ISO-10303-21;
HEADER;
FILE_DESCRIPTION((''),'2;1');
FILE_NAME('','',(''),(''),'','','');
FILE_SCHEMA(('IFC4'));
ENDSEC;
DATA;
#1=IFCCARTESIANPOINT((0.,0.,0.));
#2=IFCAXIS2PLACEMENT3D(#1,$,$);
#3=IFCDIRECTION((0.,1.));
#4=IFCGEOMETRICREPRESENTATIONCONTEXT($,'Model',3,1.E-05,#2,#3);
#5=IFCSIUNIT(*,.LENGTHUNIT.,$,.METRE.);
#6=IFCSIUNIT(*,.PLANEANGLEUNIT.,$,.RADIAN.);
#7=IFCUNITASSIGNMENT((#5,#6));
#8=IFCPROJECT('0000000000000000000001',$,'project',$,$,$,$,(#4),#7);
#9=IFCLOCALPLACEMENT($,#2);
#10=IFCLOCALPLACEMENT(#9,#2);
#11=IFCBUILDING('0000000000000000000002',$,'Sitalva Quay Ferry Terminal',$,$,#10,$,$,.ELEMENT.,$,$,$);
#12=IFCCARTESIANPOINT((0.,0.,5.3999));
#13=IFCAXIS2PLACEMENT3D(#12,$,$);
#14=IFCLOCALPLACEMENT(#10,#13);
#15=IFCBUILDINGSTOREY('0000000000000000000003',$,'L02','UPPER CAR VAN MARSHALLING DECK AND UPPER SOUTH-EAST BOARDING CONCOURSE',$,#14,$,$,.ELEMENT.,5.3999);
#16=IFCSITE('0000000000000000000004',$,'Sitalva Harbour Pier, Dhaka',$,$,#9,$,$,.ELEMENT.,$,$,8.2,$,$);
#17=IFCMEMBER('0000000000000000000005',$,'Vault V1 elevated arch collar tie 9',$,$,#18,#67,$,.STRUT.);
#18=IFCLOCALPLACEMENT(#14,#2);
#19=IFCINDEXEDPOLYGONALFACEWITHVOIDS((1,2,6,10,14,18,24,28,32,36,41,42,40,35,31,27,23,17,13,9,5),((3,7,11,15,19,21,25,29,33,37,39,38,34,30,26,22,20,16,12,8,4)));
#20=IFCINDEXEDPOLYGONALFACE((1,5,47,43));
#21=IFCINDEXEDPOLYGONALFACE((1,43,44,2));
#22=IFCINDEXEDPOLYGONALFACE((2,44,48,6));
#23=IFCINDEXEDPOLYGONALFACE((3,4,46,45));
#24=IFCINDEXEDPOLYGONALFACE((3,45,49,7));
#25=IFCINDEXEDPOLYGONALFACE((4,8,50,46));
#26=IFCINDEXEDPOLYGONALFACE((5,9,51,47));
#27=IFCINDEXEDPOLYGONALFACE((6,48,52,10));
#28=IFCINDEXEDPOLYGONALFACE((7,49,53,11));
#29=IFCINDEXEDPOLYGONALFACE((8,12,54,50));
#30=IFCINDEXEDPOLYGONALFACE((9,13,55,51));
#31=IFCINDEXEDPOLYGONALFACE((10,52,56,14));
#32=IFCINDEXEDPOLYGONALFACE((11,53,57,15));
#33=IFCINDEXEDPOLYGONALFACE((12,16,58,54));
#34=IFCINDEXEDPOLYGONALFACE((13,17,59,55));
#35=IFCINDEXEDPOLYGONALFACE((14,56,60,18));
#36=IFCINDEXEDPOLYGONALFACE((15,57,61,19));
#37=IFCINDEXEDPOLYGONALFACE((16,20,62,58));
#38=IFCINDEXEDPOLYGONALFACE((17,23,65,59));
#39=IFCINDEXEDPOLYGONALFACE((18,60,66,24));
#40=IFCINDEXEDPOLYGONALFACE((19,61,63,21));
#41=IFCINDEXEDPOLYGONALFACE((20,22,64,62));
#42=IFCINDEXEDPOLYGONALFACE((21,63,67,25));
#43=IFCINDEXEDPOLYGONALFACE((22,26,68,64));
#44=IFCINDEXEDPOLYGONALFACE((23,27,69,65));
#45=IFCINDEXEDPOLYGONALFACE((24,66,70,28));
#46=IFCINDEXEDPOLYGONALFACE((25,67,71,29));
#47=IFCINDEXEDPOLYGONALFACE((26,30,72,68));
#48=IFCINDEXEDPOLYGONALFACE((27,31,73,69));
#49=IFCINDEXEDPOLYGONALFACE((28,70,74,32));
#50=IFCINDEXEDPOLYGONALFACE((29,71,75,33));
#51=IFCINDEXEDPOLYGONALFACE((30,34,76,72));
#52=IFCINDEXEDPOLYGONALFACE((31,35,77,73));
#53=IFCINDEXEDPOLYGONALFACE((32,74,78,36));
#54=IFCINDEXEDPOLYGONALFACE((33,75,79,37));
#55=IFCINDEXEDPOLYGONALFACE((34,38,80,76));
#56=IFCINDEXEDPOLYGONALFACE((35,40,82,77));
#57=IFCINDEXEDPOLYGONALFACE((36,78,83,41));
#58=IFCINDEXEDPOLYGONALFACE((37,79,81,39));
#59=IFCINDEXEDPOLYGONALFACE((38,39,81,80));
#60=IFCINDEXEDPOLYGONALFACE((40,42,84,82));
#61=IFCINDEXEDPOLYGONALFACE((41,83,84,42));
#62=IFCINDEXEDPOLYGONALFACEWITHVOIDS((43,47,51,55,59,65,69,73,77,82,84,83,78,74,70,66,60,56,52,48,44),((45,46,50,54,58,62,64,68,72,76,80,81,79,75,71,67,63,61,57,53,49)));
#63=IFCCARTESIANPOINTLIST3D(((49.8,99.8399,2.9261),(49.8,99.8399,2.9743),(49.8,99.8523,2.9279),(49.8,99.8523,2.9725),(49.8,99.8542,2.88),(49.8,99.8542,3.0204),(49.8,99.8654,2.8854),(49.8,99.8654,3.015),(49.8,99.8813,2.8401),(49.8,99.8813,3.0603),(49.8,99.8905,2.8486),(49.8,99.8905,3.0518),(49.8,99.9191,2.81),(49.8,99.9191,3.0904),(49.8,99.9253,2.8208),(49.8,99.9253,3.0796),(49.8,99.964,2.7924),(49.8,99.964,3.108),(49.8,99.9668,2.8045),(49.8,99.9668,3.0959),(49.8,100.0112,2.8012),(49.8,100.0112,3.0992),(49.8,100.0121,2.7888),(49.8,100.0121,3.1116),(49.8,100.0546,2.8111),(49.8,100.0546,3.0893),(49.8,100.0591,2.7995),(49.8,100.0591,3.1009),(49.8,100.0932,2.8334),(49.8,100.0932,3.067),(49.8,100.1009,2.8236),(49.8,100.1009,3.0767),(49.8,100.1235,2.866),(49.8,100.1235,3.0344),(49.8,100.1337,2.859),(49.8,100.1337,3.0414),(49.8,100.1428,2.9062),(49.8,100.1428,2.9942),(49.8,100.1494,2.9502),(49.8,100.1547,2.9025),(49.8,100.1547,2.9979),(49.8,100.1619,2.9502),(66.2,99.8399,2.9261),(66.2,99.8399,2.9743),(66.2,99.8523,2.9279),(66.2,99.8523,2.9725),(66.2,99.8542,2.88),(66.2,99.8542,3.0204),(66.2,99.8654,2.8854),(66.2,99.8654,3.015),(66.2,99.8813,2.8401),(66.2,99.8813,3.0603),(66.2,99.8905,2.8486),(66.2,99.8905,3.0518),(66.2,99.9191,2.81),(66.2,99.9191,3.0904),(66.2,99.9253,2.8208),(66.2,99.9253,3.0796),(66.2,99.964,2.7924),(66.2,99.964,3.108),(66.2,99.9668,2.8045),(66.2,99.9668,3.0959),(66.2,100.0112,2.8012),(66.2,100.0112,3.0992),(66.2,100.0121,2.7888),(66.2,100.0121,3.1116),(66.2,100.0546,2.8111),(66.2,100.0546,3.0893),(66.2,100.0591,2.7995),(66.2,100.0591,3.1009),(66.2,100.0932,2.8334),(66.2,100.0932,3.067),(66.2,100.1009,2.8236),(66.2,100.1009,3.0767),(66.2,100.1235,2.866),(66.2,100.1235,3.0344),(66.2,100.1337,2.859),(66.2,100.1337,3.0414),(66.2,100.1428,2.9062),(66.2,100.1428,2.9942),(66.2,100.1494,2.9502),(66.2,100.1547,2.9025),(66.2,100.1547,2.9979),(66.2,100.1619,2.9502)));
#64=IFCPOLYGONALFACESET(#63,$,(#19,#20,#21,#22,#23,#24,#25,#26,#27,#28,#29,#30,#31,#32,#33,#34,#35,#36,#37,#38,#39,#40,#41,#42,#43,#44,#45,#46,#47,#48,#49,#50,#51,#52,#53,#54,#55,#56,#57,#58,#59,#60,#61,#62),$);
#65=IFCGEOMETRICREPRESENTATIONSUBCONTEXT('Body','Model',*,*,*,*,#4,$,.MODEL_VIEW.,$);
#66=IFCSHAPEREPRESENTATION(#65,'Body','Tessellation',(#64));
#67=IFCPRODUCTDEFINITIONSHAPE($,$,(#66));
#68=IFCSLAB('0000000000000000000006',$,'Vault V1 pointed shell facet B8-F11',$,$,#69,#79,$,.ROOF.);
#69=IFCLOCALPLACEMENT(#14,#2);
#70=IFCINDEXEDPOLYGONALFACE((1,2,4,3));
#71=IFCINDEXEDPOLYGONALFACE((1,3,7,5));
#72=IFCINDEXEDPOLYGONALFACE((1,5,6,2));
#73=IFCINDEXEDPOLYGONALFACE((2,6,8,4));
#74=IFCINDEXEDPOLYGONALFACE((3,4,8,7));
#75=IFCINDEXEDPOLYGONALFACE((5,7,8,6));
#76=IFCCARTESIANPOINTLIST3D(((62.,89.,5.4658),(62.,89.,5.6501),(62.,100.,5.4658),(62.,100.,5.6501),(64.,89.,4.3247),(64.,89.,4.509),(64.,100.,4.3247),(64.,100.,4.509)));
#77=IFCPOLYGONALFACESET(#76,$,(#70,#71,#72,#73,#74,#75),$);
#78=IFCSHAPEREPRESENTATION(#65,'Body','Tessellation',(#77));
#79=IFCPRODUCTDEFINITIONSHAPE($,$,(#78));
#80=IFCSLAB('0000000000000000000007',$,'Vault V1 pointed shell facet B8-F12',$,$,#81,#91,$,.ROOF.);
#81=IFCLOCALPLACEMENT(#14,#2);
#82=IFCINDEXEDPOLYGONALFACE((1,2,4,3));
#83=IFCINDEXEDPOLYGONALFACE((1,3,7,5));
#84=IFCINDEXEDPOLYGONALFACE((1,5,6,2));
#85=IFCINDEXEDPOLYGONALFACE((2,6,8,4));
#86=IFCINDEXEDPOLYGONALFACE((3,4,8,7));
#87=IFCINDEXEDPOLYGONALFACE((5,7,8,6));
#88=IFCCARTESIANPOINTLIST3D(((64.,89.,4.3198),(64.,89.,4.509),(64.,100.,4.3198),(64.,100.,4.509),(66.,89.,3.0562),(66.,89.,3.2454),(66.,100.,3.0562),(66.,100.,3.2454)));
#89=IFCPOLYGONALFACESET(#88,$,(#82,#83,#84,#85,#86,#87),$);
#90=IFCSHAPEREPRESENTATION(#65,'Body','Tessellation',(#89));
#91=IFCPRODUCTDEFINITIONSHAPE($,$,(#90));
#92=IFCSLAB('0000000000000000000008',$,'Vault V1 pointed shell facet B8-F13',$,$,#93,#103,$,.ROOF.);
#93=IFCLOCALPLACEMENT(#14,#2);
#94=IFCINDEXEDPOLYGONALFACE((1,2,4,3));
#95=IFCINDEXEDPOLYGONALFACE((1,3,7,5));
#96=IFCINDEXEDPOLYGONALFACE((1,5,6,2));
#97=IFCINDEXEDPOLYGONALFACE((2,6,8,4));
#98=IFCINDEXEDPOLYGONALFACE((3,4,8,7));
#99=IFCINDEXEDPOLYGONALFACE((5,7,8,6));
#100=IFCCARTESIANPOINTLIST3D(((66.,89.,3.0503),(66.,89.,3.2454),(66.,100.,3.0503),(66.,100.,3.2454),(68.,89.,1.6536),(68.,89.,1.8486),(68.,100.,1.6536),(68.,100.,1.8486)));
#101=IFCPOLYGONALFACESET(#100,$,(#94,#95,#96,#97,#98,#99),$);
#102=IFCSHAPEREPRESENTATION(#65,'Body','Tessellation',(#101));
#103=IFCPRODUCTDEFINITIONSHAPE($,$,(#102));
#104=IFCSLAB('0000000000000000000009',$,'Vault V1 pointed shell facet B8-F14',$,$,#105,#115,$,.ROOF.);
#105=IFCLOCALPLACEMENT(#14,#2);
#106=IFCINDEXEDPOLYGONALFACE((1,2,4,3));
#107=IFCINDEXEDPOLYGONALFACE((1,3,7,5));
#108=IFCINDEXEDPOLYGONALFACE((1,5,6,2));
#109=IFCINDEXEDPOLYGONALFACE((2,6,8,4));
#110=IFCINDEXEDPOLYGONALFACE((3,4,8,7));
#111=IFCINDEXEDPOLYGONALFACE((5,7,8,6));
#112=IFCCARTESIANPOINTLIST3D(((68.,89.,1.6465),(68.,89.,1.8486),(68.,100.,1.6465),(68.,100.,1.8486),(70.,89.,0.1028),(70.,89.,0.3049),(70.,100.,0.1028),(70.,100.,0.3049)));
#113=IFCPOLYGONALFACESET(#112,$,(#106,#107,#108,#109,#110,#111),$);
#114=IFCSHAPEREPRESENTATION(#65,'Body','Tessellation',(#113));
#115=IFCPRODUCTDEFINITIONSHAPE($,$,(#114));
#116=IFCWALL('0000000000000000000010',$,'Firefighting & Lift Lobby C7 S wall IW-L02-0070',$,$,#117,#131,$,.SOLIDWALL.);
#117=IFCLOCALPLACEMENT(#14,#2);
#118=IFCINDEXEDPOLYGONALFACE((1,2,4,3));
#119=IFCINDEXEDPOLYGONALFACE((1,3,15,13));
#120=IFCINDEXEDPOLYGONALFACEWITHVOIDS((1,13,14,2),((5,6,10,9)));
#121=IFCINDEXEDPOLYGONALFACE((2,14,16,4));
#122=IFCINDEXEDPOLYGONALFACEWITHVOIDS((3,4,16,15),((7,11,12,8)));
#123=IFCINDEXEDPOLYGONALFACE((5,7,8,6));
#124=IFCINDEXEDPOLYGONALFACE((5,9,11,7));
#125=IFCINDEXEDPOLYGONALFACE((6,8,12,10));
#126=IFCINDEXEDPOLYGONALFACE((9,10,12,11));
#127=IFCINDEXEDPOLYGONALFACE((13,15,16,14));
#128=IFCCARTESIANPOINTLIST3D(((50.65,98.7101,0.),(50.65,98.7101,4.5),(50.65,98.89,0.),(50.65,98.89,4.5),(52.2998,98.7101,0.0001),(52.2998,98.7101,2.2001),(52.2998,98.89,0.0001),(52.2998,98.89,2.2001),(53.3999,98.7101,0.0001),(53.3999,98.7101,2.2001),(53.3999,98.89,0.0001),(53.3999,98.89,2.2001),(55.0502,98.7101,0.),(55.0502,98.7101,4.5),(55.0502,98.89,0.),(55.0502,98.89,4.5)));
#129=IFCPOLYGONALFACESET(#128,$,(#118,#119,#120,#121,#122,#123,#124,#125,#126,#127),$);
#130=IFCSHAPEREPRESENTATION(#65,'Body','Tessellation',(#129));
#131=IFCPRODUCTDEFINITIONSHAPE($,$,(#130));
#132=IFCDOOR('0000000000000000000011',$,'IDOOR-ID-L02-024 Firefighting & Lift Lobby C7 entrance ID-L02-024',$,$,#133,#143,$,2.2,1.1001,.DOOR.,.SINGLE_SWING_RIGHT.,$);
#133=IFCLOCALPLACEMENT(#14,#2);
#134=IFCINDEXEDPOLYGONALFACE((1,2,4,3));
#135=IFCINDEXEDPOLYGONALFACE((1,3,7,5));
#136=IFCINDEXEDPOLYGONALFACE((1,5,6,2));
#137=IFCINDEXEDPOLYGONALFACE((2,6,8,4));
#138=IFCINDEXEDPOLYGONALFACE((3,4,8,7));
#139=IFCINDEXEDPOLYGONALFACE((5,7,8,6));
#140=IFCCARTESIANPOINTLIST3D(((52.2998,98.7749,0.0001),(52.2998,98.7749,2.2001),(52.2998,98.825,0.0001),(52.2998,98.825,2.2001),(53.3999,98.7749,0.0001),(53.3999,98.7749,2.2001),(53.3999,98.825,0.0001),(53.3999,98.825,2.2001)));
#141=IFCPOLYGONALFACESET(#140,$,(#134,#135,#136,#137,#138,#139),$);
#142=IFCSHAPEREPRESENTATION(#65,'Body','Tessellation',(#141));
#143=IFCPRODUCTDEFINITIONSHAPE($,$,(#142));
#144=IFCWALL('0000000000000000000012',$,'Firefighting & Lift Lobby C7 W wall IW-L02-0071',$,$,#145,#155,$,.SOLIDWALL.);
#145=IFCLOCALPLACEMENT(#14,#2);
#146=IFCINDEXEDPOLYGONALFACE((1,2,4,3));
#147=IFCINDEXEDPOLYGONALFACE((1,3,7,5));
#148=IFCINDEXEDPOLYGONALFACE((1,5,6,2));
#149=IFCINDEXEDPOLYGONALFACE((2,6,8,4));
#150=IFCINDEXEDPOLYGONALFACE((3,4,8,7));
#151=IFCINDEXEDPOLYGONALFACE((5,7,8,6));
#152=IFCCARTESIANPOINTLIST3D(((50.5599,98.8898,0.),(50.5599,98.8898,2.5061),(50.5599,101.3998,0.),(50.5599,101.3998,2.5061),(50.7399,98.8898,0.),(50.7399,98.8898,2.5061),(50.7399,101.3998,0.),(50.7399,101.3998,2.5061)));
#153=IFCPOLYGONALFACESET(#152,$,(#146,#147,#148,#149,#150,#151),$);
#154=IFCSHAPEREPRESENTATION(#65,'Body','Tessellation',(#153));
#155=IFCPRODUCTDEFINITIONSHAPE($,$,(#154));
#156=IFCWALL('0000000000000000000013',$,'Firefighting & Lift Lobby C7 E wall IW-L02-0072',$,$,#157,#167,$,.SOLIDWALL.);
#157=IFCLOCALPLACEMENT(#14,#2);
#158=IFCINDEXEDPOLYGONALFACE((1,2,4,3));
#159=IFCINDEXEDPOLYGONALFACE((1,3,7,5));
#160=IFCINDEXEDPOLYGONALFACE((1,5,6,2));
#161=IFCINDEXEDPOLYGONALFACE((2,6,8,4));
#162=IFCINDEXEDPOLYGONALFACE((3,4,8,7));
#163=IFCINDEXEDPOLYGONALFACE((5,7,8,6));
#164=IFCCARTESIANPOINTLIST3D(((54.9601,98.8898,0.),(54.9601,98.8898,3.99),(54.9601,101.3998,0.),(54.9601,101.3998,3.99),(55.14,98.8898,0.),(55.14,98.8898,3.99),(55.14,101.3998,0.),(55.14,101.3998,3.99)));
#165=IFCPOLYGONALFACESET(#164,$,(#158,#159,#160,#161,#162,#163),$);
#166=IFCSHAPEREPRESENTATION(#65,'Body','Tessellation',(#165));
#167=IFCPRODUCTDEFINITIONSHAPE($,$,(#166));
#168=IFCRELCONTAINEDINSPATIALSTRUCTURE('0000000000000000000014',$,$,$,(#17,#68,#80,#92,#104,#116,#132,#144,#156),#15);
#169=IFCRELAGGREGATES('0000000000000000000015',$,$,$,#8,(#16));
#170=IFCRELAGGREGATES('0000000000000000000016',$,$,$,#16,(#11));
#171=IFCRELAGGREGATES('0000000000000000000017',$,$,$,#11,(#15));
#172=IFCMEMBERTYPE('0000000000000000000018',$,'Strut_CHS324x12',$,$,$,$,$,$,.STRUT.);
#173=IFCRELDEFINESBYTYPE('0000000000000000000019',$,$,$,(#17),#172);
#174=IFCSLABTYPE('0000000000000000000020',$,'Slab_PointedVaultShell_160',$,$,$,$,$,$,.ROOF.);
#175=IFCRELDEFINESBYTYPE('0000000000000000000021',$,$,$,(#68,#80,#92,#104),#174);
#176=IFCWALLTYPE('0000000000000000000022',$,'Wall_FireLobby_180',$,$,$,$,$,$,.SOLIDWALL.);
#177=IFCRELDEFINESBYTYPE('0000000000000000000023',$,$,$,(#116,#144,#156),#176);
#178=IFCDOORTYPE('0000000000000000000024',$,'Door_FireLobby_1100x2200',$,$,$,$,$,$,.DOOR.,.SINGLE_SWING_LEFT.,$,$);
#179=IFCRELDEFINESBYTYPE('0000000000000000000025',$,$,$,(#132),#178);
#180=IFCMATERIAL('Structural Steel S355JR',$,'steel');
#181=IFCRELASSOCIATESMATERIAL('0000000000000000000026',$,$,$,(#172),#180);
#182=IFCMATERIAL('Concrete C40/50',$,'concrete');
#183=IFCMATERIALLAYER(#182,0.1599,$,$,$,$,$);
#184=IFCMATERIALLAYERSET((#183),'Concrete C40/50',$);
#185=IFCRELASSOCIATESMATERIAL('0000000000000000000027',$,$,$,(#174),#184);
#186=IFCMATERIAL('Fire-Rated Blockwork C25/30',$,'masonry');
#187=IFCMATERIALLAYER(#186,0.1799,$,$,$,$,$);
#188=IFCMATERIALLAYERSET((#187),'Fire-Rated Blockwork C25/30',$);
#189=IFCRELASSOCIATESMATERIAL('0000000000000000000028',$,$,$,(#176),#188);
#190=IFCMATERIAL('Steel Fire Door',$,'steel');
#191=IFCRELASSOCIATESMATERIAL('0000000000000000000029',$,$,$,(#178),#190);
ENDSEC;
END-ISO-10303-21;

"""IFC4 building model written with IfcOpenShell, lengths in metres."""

from ifc_helpers import new_model, si_unit, direction, frame, frame_2d, origin, origin_2d, place, context, subcontext, project, spatial, polyline, rectangle, hollow_circle, outline, extrude, material, layer, layer_set, material_profile, profile_set, type_object, element, fill, save


model = new_model("IFC4")

# Units and contexts
model_context = context("Model", 3, precision=1e-05, world=origin(), true_north=direction((0.0, 1.0)))
body_context = subcontext(model_context, "Body", "Model", "MODEL_VIEW")
ifc_project = project(units=[si_unit("LENGTHUNIT", "METRE"), si_unit("PLANEANGLEUNIT", "RADIAN")], contexts=[model_context])

# Site, building, storey
site_placement = place(None, origin())
site = spatial("IfcSite", under=ifc_project, at=site_placement, Name="Sitalva Harbour Pier, Dhaka", CompositionType="ELEMENT", RefElevation=8.2)
building_placement = place(site_placement, origin())
building = spatial("IfcBuilding", under=site, at=building_placement, Name="Sitalva Quay Ferry Terminal", CompositionType="ELEMENT")
storey_placement = place(building_placement, frame((0.0, 0.0, 5.3999)))
storey = spatial("IfcBuildingStorey", under=building, at=storey_placement, Name="L02", Description="UPPER CAR VAN MARSHALLING DECK AND UPPER SOUTH-EAST BOARDING CONCOURSE", CompositionType="ELEMENT", Elevation=5.3999)

# Member
ifc_material_1 = material(Name="Structural Steel S355JR", Category="steel")
ifc_material_profile_1 = material_profile(ifc_material_1, hollow_circle(Radius=0.1619, WallThickness=0.0125, at=origin_2d()), Name="CHS324x12.5")
ifc_profile_set_1 = profile_set([ifc_material_profile_1], Name="Structural Steel S355JR")
member_type = type_object("IfcMemberType", Name="Strut_CHS324x12", PredefinedType="STRUT", material=ifc_profile_set_1)
member_placement = place(storey_placement, frame((49.8, 100.0, 2.9502), z_axis=(1.0, 0.0, 0.0), x_axis=(0.0, 1.0, 0.0)))
element("IfcMember", 1, at=member_placement, inside=storey, type_object=member_type, Name="Vault V1 elevated arch collar tie 9", PredefinedType="STRUT", context=body_context, shape_type="SweptSolid", body=[
    extrude(hollow_circle(Radius=0.1619, WallThickness=0.0125, at=origin_2d()), origin(), (0.0, 0.0, 1.0), 16.3999),
])

# Slabs
ifc_material_2 = material(Name="Concrete C40/50", Category="concrete")
ifc_layer_1 = layer(ifc_material_2, 0.1599)
ifc_layer_set_1 = layer_set([ifc_layer_1], Name="Concrete C40/50")
slab_type = type_object("IfcSlabType", Name="Slab_PointedVaultShell_160", PredefinedType="ROOF", material=ifc_layer_set_1)
slab_1_placement = place(storey_placement, frame((62.0, 89.0, 5.6501), z_axis=(0.495568, 0.0, 0.868569), x_axis=(0.868569, 0.0, -0.495568)))
element("IfcSlab", 2, at=slab_1_placement, inside=storey, type_object=slab_type, Name="Vault V1 pointed shell facet B8-F11", PredefinedType="ROOF", context=body_context, shape_type="SweptSolid", body=[
    extrude(outline(polyline([(0.0, 0.0), (2.3026, 0.0), (2.3026, 11.0), (0.0, 11.0), (0.0, 0.0)])), origin(), (0.495568, 0.0, -0.868569), 0.1843),
])
slab_2_placement = place(storey_placement, frame((64.0, 89.0, 4.509), z_axis=(0.534148, 0.0, 0.845391), x_axis=(0.845391, 0.0, -0.534148)))
element("IfcSlab", 3, at=slab_2_placement, inside=storey, type_object=slab_type, Name="Vault V1 pointed shell facet B8-F12", PredefinedType="ROOF", context=body_context, shape_type="SweptSolid", body=[
    extrude(outline(polyline([(0.0, 0.0), (2.3658, 0.0), (2.3658, 11.0), (0.0, 11.0), (0.0, 0.0)])), origin(), (0.534148, 0.0, -0.845391), 0.1892),
])
slab_3_placement = place(storey_placement, frame((66.0, 89.0, 3.2454), z_axis=(0.572562, 0.0, 0.819861), x_axis=(0.819861, 0.0, -0.572562)))
element("IfcSlab", 4, at=slab_3_placement, inside=storey, type_object=slab_type, Name="Vault V1 pointed shell facet B8-F13", PredefinedType="ROOF", context=body_context, shape_type="SweptSolid", body=[
    extrude(outline(polyline([(0.0, 0.0), (2.4394, 0.0), (2.4394, 11.0), (0.0, 11.0), (0.0, 0.0)])), origin(), (0.572562, 0.0, -0.819861), 0.1951),
])
slab_4_placement = place(storey_placement, frame((68.0, 89.0, 1.8486), z_axis=(0.611013, 0.0, 0.791621), x_axis=(0.791621, 0.0, -0.611013)))
element("IfcSlab", 5, at=slab_4_placement, inside=storey, type_object=slab_type, Name="Vault V1 pointed shell facet B8-F14", PredefinedType="ROOF", context=body_context, shape_type="SweptSolid", body=[
    extrude(outline(polyline([(0.0, 0.0), (2.5265, 0.0), (2.5265, 11.0), (0.0, 11.0), (0.0, 0.0)])), origin(), (0.611013, 0.0, -0.791621), 0.2021),
])

# Wall, opening, door
ifc_material_3 = material(Name="Fire-Rated Blockwork C25/30", Category="masonry")
ifc_layer_2 = layer(ifc_material_3, 0.1799)
ifc_layer_set_2 = layer_set([ifc_layer_2], Name="Fire-Rated Blockwork C25/30")
wall_type = type_object("IfcWallType", Name="Wall_FireLobby_180", PredefinedType="SOLIDWALL", material=ifc_layer_set_2)
wall_1_placement = place(storey_placement, frame((50.6499, 98.8, 0.0), z_axis=(0.0, 0.0, 1.0), x_axis=(1.0, 0.0, 0.0)))
wall_1 = element("IfcWall", 6, at=wall_1_placement, inside=storey, type_object=wall_type, Name="Firefighting & Lift Lobby C7 S wall IW-L02-0070", PredefinedType="SOLIDWALL", context=body_context, shape_type="SweptSolid", body=[
    extrude(rectangle(XDim=4.4001, YDim=0.1799, at=frame_2d((2.2002, 0.0))), origin(), (0.0, 0.0, 1.0), 4.5),
])
opening_placement = place(wall_1_placement, frame((1.6499, 0.0, 0.0)))
opening = element("IfcOpeningElement", 7, at=opening_placement, cuts=wall_1, PredefinedType="OPENING", context=body_context, shape_type="SweptSolid", body=[
    extrude(rectangle(XDim=1.1001, YDim=2.2, at=frame_2d((0.55, 1.1001))), frame((0.0, 0.0999, 0.0), z_axis=(0.0, -1.0, 0.0), x_axis=(1.0, 0.0, 0.0)), (0.0, 0.0, 1.0), 0.2),
])
ifc_material_4 = material(Name="Steel Fire Door", Category="steel")
door_type = type_object("IfcDoorType", Name="Door_FireLobby_1100x2200", OperationType="SINGLE_SWING_LEFT", PredefinedType="DOOR", material=ifc_material_4)
door_placement = place(opening_placement, origin())
door = element("IfcDoor", 8, at=door_placement, inside=storey, type_object=door_type, Name="IDOOR-ID-L02-024 Firefighting & Lift Lobby C7 entrance ID-L02-024", OperationType="SINGLE_SWING_RIGHT", OverallHeight=2.2, OverallWidth=1.1001, PredefinedType="DOOR", context=body_context, shape_type="SweptSolid", body=[
    extrude(rectangle(XDim=1.1001, YDim=2.2, at=frame_2d((0.55, 1.1001))), frame((0.0, 0.0249, 0.0), z_axis=(0.0, -1.0, 0.0), x_axis=(1.0, 0.0, 0.0)), (0.0, 0.0, 1.0), 0.05),
])
fill(opening, door)

# Walls
wall_2_placement = place(storey_placement, frame((50.6499, 98.8899, 0.0), z_axis=(0.0, 0.0, 1.0), x_axis=(0.0, 1.0, 0.0)))
element("IfcWall", 9, at=wall_2_placement, inside=storey, type_object=wall_type, Name="Firefighting & Lift Lobby C7 W wall IW-L02-0071", PredefinedType="SOLIDWALL", context=body_context, shape_type="SweptSolid", body=[
    extrude(rectangle(XDim=2.51, YDim=0.1799, at=frame_2d((1.2549, 0.0))), origin(), (0.0, 0.0, 1.0), 2.5061),
])
wall_3_placement = place(storey_placement, frame((55.05, 98.8899, 0.0), z_axis=(0.0, 0.0, 1.0), x_axis=(0.0, 1.0, 0.0)))
element("IfcWall", 10, at=wall_3_placement, inside=storey, type_object=wall_type, Name="Firefighting & Lift Lobby C7 E wall IW-L02-0072", PredefinedType="SOLIDWALL", context=body_context, shape_type="SweptSolid", body=[
    extrude(rectangle(XDim=2.51, YDim=0.1799, at=frame_2d((1.2549, 0.0))), origin(), (0.0, 0.0, 1.0), 3.99),
])

save(model, "model.ifc")
